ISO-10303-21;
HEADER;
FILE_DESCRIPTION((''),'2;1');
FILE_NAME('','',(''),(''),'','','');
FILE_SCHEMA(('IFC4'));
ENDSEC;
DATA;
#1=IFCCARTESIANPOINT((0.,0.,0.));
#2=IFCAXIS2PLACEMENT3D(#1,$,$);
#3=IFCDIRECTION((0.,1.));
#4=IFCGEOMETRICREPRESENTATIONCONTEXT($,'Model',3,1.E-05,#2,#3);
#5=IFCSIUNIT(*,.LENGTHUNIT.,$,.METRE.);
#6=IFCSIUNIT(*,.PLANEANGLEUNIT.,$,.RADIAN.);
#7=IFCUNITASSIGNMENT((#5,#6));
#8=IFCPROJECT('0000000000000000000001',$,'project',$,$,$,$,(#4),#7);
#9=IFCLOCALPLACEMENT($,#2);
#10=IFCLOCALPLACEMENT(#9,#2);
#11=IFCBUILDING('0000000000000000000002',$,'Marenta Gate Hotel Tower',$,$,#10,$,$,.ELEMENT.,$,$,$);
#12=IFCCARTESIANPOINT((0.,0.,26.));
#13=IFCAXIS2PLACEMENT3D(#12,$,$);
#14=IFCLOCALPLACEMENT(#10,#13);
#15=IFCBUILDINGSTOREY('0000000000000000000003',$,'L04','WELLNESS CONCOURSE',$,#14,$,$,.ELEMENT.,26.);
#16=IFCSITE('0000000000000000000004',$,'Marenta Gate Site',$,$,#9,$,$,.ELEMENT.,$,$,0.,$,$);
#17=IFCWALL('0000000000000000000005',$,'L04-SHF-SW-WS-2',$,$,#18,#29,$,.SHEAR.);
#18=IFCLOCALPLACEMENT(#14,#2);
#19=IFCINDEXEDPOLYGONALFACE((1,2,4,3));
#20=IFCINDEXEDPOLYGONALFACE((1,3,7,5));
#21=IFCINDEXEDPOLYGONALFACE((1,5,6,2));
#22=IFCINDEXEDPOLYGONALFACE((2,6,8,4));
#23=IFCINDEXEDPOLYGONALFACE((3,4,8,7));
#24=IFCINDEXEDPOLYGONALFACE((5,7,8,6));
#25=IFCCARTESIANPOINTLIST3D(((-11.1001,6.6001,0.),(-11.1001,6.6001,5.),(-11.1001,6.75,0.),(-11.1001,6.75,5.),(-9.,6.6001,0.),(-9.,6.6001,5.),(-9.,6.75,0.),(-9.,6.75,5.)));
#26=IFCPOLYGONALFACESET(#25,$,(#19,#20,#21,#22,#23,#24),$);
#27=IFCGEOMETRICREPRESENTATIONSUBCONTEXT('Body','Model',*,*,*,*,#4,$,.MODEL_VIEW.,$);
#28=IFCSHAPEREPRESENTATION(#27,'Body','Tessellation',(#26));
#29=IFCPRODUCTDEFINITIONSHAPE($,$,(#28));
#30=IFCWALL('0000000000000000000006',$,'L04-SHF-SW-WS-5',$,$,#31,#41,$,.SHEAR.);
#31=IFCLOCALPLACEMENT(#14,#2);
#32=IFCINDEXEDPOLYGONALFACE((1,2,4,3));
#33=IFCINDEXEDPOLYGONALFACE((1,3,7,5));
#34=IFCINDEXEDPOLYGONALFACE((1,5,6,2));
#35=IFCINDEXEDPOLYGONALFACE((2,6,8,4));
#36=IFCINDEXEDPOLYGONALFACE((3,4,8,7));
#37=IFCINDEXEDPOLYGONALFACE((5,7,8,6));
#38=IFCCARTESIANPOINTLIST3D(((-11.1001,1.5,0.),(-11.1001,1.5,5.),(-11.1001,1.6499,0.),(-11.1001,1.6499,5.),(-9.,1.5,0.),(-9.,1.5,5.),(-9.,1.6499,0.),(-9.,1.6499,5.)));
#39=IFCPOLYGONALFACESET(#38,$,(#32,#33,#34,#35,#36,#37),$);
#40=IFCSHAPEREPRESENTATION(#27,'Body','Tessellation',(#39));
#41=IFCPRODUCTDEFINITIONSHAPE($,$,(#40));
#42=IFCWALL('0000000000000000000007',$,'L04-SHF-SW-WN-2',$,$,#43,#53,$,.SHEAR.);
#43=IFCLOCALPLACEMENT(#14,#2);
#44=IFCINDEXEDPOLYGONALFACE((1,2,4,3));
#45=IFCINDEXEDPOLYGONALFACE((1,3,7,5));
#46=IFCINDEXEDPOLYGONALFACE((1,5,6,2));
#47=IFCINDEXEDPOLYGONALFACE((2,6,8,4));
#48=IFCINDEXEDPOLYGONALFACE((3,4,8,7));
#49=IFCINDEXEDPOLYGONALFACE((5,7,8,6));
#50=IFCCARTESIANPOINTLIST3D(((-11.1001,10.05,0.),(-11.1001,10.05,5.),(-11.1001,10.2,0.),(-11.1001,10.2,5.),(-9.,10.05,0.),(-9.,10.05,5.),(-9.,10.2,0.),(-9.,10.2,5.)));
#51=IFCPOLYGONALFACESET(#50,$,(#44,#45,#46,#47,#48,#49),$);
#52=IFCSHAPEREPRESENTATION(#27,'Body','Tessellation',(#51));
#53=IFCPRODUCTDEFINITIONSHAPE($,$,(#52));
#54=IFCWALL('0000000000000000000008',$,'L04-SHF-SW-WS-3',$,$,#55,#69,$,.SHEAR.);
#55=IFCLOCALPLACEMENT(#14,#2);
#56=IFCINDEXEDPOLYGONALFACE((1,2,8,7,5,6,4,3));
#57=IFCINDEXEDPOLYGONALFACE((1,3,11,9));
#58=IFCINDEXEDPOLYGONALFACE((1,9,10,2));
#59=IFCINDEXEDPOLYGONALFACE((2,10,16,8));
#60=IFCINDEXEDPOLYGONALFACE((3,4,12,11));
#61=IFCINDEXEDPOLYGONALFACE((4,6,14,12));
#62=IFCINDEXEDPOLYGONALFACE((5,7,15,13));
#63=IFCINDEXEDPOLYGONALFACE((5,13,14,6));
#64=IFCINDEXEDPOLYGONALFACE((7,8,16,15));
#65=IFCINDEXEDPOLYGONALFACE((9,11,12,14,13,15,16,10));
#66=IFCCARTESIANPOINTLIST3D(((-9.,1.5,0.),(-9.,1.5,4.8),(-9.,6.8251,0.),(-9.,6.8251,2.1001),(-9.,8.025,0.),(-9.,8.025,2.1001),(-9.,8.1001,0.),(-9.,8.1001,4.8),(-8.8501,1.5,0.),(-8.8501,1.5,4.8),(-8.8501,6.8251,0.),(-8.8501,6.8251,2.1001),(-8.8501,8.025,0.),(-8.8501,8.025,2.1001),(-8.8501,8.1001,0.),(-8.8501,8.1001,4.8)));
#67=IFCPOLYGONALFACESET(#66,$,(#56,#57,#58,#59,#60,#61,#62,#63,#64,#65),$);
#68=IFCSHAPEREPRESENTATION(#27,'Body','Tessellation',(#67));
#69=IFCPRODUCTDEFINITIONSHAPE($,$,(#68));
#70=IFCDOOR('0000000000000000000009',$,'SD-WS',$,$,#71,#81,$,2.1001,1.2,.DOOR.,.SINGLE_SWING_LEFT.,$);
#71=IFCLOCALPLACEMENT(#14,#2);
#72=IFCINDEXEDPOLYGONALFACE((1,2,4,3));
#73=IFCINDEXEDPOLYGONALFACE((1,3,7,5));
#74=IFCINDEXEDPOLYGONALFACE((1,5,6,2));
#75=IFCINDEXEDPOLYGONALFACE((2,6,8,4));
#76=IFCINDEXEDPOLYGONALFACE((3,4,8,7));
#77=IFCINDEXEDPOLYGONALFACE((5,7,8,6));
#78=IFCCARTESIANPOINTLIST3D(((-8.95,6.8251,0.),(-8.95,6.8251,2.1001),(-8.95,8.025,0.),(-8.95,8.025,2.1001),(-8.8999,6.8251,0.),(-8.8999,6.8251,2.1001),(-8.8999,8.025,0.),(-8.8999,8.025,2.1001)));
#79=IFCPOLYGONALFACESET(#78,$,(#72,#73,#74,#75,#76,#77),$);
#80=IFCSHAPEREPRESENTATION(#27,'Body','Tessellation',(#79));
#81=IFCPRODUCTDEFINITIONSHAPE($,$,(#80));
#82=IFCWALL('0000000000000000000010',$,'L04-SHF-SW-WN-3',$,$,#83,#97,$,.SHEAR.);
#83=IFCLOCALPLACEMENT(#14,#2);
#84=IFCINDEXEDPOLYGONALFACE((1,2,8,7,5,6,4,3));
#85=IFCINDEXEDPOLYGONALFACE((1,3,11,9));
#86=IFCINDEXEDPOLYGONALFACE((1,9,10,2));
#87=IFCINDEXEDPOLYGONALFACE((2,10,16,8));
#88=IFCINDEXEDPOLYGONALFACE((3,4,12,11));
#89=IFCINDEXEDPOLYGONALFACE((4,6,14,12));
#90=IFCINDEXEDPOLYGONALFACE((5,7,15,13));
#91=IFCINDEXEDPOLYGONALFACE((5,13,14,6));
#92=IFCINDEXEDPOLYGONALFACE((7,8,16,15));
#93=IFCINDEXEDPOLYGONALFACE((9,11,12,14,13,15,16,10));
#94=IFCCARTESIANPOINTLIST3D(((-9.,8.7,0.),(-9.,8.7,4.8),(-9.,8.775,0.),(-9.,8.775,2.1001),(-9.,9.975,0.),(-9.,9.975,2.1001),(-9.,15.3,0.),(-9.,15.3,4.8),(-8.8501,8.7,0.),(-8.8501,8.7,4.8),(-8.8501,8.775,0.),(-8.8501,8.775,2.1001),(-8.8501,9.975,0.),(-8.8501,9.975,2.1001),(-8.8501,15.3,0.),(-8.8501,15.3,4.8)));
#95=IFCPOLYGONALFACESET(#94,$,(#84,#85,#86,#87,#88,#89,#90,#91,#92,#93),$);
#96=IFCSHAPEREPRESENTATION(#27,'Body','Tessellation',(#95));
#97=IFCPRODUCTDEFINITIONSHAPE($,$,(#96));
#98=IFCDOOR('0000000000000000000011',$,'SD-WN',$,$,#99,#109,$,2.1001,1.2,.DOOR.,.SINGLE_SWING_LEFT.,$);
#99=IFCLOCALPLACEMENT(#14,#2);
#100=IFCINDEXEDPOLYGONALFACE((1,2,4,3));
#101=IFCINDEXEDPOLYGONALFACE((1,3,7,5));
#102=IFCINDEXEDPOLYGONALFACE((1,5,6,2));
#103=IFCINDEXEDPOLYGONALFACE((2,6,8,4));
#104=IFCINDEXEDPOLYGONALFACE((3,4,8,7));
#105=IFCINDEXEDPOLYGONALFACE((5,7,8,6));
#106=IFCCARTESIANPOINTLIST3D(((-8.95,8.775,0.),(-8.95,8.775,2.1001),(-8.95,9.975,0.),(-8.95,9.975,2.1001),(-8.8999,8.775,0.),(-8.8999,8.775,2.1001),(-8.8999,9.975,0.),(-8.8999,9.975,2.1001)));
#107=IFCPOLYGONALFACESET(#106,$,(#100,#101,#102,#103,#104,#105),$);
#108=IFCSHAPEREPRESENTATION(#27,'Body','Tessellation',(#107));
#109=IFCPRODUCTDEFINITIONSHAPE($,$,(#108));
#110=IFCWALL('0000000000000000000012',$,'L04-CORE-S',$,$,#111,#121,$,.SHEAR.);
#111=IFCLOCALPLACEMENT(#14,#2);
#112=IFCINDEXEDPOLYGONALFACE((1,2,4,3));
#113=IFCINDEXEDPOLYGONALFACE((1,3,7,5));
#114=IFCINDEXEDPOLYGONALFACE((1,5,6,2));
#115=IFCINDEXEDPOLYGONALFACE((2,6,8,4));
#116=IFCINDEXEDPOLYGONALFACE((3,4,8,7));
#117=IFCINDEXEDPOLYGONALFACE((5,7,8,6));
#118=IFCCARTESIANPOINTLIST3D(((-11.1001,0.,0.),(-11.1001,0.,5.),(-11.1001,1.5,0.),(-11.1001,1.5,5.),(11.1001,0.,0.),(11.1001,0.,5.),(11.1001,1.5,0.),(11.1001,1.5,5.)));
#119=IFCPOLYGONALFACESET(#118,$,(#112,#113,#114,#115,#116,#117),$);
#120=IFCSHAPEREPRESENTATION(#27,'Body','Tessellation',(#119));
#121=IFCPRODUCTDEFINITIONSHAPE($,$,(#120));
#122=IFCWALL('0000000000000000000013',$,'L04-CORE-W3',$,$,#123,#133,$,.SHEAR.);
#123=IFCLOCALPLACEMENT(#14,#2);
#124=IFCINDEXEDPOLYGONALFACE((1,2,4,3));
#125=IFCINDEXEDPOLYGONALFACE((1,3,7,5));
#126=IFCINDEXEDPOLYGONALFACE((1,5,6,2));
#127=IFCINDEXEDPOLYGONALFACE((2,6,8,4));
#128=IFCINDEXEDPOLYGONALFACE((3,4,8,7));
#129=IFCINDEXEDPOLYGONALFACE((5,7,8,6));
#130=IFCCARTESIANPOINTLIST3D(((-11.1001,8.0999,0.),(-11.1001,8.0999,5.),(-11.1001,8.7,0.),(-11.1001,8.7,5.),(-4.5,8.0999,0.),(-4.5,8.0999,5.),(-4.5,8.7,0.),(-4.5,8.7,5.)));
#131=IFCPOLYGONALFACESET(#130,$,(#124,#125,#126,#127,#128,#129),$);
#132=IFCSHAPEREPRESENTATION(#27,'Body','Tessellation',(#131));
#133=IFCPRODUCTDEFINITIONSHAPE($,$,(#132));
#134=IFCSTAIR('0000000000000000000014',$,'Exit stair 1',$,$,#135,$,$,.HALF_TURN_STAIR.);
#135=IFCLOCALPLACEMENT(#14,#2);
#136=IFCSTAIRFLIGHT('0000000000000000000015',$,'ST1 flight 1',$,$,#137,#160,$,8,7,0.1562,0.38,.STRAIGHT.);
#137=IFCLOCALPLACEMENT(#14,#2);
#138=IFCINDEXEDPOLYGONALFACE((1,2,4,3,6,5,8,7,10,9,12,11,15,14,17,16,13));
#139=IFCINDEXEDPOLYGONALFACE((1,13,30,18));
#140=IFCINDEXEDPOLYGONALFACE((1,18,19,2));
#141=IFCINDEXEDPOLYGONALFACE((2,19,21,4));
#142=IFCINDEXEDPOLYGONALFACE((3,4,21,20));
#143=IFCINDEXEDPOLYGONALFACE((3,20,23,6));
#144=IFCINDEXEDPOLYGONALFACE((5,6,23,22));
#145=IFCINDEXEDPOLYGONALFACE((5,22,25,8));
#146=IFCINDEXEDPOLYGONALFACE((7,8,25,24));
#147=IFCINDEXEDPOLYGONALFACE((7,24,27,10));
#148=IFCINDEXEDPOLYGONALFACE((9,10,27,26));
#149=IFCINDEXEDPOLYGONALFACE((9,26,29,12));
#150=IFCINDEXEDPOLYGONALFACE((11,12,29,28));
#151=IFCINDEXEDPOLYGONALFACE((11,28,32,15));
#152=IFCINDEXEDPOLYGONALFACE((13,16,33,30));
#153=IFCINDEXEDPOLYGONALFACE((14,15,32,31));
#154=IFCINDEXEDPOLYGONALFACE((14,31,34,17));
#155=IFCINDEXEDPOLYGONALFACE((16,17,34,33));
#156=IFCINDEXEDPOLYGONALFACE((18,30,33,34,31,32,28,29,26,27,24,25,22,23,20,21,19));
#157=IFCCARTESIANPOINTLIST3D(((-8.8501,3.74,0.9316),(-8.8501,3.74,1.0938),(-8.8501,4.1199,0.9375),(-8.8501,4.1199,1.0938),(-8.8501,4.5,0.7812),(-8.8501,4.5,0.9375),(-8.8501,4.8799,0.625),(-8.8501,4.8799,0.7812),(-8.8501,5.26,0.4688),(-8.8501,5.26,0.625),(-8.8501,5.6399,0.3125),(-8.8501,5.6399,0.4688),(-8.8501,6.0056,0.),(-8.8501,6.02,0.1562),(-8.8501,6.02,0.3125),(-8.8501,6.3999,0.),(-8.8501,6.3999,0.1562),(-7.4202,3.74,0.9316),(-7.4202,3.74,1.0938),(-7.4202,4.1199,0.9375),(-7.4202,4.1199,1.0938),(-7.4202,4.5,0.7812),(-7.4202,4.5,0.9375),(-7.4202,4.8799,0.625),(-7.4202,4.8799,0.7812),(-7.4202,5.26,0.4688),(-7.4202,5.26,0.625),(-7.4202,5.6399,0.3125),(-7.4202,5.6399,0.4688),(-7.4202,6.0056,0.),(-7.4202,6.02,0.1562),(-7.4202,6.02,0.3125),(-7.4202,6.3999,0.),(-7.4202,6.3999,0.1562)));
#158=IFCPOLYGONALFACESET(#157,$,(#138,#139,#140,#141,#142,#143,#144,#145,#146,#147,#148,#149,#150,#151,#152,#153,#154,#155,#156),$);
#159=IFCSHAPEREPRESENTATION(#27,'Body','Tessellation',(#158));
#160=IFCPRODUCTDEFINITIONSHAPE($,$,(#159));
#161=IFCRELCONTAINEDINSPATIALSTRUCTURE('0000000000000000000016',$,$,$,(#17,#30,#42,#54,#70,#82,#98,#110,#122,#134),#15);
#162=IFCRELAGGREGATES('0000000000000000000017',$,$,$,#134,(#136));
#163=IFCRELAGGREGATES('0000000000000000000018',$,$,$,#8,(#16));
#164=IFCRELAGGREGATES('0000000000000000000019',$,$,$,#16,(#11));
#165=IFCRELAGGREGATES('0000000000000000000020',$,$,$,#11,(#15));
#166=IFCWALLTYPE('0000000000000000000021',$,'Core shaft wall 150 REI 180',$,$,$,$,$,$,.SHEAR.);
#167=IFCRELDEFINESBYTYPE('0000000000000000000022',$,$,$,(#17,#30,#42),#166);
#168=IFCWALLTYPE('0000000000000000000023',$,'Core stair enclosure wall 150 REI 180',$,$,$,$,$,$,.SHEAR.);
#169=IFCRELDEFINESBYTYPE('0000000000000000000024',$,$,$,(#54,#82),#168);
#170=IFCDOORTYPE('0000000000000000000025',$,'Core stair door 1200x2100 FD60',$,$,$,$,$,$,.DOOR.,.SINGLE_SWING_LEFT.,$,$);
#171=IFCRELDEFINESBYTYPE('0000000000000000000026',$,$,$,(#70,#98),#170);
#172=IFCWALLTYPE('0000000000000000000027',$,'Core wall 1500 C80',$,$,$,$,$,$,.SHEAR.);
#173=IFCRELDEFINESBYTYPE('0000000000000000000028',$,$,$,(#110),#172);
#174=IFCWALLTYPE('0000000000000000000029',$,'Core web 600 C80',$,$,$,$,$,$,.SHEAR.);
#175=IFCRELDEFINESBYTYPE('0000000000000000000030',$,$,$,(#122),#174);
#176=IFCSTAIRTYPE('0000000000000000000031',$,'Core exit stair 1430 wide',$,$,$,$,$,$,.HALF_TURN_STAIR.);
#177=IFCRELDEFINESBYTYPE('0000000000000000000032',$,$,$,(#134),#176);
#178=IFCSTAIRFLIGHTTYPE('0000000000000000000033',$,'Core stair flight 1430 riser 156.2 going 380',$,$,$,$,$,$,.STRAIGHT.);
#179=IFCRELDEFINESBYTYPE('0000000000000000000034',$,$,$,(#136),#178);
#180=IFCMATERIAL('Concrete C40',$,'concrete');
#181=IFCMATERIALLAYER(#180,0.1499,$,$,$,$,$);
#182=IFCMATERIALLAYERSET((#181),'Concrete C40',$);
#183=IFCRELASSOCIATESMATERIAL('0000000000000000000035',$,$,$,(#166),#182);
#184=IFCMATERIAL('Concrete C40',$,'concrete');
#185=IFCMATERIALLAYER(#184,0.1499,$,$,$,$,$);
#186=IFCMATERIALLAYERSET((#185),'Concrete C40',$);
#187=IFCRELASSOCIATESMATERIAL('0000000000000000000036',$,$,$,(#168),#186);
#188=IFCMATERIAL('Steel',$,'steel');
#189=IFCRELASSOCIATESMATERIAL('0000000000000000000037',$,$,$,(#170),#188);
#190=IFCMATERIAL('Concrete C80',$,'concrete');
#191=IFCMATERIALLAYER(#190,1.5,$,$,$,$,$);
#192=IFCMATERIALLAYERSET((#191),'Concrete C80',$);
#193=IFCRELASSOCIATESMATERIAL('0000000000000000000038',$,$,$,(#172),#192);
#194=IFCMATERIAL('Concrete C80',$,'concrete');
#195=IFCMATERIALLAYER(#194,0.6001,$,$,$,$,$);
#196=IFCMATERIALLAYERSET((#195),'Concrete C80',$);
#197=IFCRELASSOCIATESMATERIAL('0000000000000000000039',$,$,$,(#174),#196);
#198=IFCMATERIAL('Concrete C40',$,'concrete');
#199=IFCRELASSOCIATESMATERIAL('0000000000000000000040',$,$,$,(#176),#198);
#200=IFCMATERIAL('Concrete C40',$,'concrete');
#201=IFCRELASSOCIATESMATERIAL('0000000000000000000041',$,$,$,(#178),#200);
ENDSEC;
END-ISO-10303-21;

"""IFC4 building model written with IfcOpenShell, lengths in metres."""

from ifc_helpers import new_model, si_unit, direction, frame, frame_2d, origin, place, context, subcontext, project, spatial, polyline, rectangle, outline, extrude, material, layer, layer_set, type_object, element, fill, aggregate, save


model = new_model("IFC4")

# Units and contexts
model_context = context("Model", 3, precision=1e-05, world=origin(), true_north=direction((0.0, 1.0)))
body_context = subcontext(model_context, "Body", "Model", "MODEL_VIEW")
ifc_project = project(units=[si_unit("LENGTHUNIT", "METRE"), si_unit("PLANEANGLEUNIT", "RADIAN")], contexts=[model_context])

# Site, building, storey
site_placement = place(None, origin())
site = spatial("IfcSite", under=ifc_project, at=site_placement, Name="Marenta Gate Site", CompositionType="ELEMENT", RefElevation=0.0)
building_placement = place(site_placement, origin())
building = spatial("IfcBuilding", under=site, at=building_placement, Name="Marenta Gate Hotel Tower", CompositionType="ELEMENT")
storey_placement = place(building_placement, frame((0.0, 0.0, 26.0)))
storey = spatial("IfcBuildingStorey", under=building, at=storey_placement, Name="L04", Description="WELLNESS CONCOURSE", CompositionType="ELEMENT", Elevation=26.0)

# Walls
ifc_material_1 = material(Name="Concrete C40", Category="concrete")
ifc_layer_1 = layer(ifc_material_1, 0.1499)
ifc_layer_set_1 = layer_set([ifc_layer_1], Name="Concrete C40")
wall_type_1 = type_object("IfcWallType", Name="Core shaft wall 150 REI 180", PredefinedType="SHEAR", material=ifc_layer_set_1)
for number, where, z_axis, x_axis, name in (
    (1, (-11.1001, 6.675, 0.0), (0.0, 0.0, 1.0), (1.0, 0.0, 0.0), "L04-SHF-SW-WS-2"),
    (2, (-11.1001, 1.575, 0.0), (0.0, 0.0, 1.0), (1.0, 0.0, 0.0), "L04-SHF-SW-WS-5"),
    (3, (-11.1001, 10.125, 0.0), (0.0, 0.0, 1.0), (1.0, 0.0, 0.0), "L04-SHF-SW-WN-2"),
):
    element("IfcWall", number, at=place(storey_placement, frame(where, z_axis=z_axis, x_axis=x_axis)), inside=storey, type_object=wall_type_1, Name=name, PredefinedType="SHEAR", context=body_context, shape_type="SweptSolid", body=[
        extrude(rectangle(XDim=2.1001, YDim=0.1499, at=frame_2d((1.05, 0.0))), origin(), (0.0, 0.0, 1.0), 5.0),
    ])

# Walls, openings, doors
ifc_material_2 = material(Name="Concrete C40", Category="concrete")
ifc_layer_2 = layer(ifc_material_2, 0.1499)
ifc_layer_set_2 = layer_set([ifc_layer_2], Name="Concrete C40")
wall_type_2 = type_object("IfcWallType", Name="Core stair enclosure wall 150 REI 180", PredefinedType="SHEAR", material=ifc_layer_set_2)
wall_1_placement = place(storey_placement, frame((-8.925, 1.5, 0.0), z_axis=(0.0, 0.0, 1.0), x_axis=(0.0, 1.0, 0.0)))
wall_1 = element("IfcWall", 4, at=wall_1_placement, inside=storey, type_object=wall_type_2, Name="L04-SHF-SW-WS-3", PredefinedType="SHEAR", context=body_context, shape_type="SweptSolid", body=[
    extrude(rectangle(XDim=6.6001, YDim=0.1499, at=frame_2d((3.3, 0.0))), origin(), (0.0, 0.0, 1.0), 4.8),
])
opening_1_placement = place(wall_1_placement, frame((5.325, 0.0, 0.0)))
opening_1 = element("IfcOpeningElement", 5, at=opening_1_placement, cuts=wall_1, PredefinedType="OPENING", context=body_context, shape_type="SweptSolid", body=[
    extrude(rectangle(XDim=1.2, YDim=2.1001, at=frame_2d((0.6001, 1.05))), frame((0.0, 0.075, 0.0), z_axis=(0.0, -1.0, 0.0), x_axis=(1.0, 0.0, 0.0)), (0.0, 0.0, 1.0), 0.1499),
])
ifc_material_3 = material(Name="Steel", Category="steel")
door_type = type_object("IfcDoorType", Name="Core stair door 1200x2100 FD60", OperationType="SINGLE_SWING_LEFT", PredefinedType="DOOR", material=ifc_material_3)
door_1_placement = place(opening_1_placement, origin())
door_1 = element("IfcDoor", 6, at=door_1_placement, inside=storey, type_object=door_type, Name="SD-WS", OperationType="SINGLE_SWING_LEFT", OverallHeight=2.1001, OverallWidth=1.2, PredefinedType="DOOR", context=body_context, shape_type="SweptSolid", body=[
    extrude(rectangle(XDim=1.2, YDim=2.1001, at=frame_2d((0.6001, 1.05))), frame((0.0, 0.0249, 0.0), z_axis=(0.0, -1.0, 0.0), x_axis=(1.0, 0.0, 0.0)), (0.0, 0.0, 1.0), 0.05),
])
fill(opening_1, door_1)
wall_2_placement = place(storey_placement, frame((-8.925, 8.7, 0.0), z_axis=(0.0, 0.0, 1.0), x_axis=(0.0, 1.0, 0.0)))
wall_2 = element("IfcWall", 7, at=wall_2_placement, inside=storey, type_object=wall_type_2, Name="L04-SHF-SW-WN-3", PredefinedType="SHEAR", context=body_context, shape_type="SweptSolid", body=[
    extrude(rectangle(XDim=6.6001, YDim=0.1499, at=frame_2d((3.3, 0.0))), origin(), (0.0, 0.0, 1.0), 4.8),
])
opening_2_placement = place(wall_2_placement, frame((0.075, 0.0, 0.0)))
opening_2 = element("IfcOpeningElement", 8, at=opening_2_placement, cuts=wall_2, PredefinedType="OPENING", context=body_context, shape_type="SweptSolid", body=[
    extrude(rectangle(XDim=1.2, YDim=2.1001, at=frame_2d((0.6001, 1.05))), frame((0.0, 0.075, 0.0), z_axis=(0.0, -1.0, 0.0), x_axis=(1.0, 0.0, 0.0)), (0.0, 0.0, 1.0), 0.1499),
])
door_2_placement = place(opening_2_placement, origin())
door_2 = element("IfcDoor", 9, at=door_2_placement, inside=storey, type_object=door_type, Name="SD-WN", OperationType="SINGLE_SWING_LEFT", OverallHeight=2.1001, OverallWidth=1.2, PredefinedType="DOOR", context=body_context, shape_type="SweptSolid", body=[
    extrude(rectangle(XDim=1.2, YDim=2.1001, at=frame_2d((0.6001, 1.05))), frame((0.0, 0.0249, 0.0), z_axis=(0.0, -1.0, 0.0), x_axis=(1.0, 0.0, 0.0)), (0.0, 0.0, 1.0), 0.05),
])
fill(opening_2, door_2)

# Walls
ifc_material_4 = material(Name="Concrete C80", Category="concrete")
ifc_layer_3 = layer(ifc_material_4, 1.5)
ifc_layer_set_3 = layer_set([ifc_layer_3], Name="Concrete C80")
wall_type_3 = type_object("IfcWallType", Name="Core wall 1500 C80", PredefinedType="SHEAR", material=ifc_layer_set_3)
wall_3_placement = place(storey_placement, frame((-11.1001, 0.75, 0.0), z_axis=(0.0, 0.0, 1.0), x_axis=(1.0, 0.0, 0.0)))
element("IfcWall", 10, at=wall_3_placement, inside=storey, type_object=wall_type_3, Name="L04-CORE-S", PredefinedType="SHEAR", context=body_context, shape_type="SweptSolid", body=[
    extrude(rectangle(XDim=22.2002, YDim=1.5, at=frame_2d((11.1001, 0.0))), origin(), (0.0, 0.0, 1.0), 5.0),
])
ifc_material_5 = material(Name="Concrete C80", Category="concrete")
ifc_layer_4 = layer(ifc_material_5, 0.6001)
ifc_layer_set_4 = layer_set([ifc_layer_4], Name="Concrete C80")
wall_type_4 = type_object("IfcWallType", Name="Core web 600 C80", PredefinedType="SHEAR", material=ifc_layer_set_4)
wall_4_placement = place(storey_placement, frame((-11.1001, 8.3999, 0.0), z_axis=(0.0, 0.0, 1.0), x_axis=(1.0, 0.0, 0.0)))
element("IfcWall", 11, at=wall_4_placement, inside=storey, type_object=wall_type_4, Name="L04-CORE-W3", PredefinedType="SHEAR", context=body_context, shape_type="SweptSolid", body=[
    extrude(rectangle(XDim=6.6001, YDim=0.6001, at=frame_2d((3.3, 0.0))), origin(), (0.0, 0.0, 1.0), 5.0),
])

# Stair, stair flight
ifc_material_6 = material(Name="Concrete C40", Category="concrete")
stair_type = type_object("IfcStairType", Name="Core exit stair 1430 wide", PredefinedType="HALF_TURN_STAIR", material=ifc_material_6)
stair_1_placement = place(storey_placement, origin())
stair_1 = element("IfcStair", 12, at=stair_1_placement, inside=storey, type_object=stair_type, Name="Exit stair 1", PredefinedType="HALF_TURN_STAIR")
ifc_material_7 = material(Name="Concrete C40", Category="concrete")
stair_flight_type = type_object("IfcStairFlightType", Name="Core stair flight 1430 riser 156.2 going 380", PredefinedType="STRAIGHT", material=ifc_material_7)
stair_flight_1_placement = place(storey_placement, frame((-8.135, 6.3999, 0.0), z_axis=(0.0, 0.0, 1.0), x_axis=(0.0, -1.0, 0.0)))
stair_flight_1 = element("IfcStairFlight", 13, at=stair_flight_1_placement, type_object=stair_flight_type, Name="ST1 flight 1", NumberOfRisers=8, NumberOfTreads=7, PredefinedType="STRAIGHT", RiserHeight=0.1562, TreadLength=0.38, context=body_context, shape_type="SweptSolid", body=[
    extrude(outline(polyline([(0.0, 0.0), (0.0, 0.1562), (0.3799, 0.1562), (0.3799, 0.3125), (0.76, 0.3125), (0.76, 0.4688), (1.1399, 0.4688), (1.1399, 0.625), (1.52, 0.625), (1.52, 0.7812), (1.8999, 0.7812), (1.8999, 0.9375), (2.28, 0.9375), (2.28, 1.0938), (2.6599, 1.0938), (2.6599, 1.25), (2.6599, 0.9316), (0.3943, 0.0), (0.0, 0.0)])), frame((0.0, 0.7148, 0.0), z_axis=(0.0, -1.0, 0.0), x_axis=(1.0, 0.0, 0.0)), (0.0, 0.0, 1.0), 1.4299),
])
aggregate(stair_1, [stair_flight_1])

save(model, "model.ifc")
